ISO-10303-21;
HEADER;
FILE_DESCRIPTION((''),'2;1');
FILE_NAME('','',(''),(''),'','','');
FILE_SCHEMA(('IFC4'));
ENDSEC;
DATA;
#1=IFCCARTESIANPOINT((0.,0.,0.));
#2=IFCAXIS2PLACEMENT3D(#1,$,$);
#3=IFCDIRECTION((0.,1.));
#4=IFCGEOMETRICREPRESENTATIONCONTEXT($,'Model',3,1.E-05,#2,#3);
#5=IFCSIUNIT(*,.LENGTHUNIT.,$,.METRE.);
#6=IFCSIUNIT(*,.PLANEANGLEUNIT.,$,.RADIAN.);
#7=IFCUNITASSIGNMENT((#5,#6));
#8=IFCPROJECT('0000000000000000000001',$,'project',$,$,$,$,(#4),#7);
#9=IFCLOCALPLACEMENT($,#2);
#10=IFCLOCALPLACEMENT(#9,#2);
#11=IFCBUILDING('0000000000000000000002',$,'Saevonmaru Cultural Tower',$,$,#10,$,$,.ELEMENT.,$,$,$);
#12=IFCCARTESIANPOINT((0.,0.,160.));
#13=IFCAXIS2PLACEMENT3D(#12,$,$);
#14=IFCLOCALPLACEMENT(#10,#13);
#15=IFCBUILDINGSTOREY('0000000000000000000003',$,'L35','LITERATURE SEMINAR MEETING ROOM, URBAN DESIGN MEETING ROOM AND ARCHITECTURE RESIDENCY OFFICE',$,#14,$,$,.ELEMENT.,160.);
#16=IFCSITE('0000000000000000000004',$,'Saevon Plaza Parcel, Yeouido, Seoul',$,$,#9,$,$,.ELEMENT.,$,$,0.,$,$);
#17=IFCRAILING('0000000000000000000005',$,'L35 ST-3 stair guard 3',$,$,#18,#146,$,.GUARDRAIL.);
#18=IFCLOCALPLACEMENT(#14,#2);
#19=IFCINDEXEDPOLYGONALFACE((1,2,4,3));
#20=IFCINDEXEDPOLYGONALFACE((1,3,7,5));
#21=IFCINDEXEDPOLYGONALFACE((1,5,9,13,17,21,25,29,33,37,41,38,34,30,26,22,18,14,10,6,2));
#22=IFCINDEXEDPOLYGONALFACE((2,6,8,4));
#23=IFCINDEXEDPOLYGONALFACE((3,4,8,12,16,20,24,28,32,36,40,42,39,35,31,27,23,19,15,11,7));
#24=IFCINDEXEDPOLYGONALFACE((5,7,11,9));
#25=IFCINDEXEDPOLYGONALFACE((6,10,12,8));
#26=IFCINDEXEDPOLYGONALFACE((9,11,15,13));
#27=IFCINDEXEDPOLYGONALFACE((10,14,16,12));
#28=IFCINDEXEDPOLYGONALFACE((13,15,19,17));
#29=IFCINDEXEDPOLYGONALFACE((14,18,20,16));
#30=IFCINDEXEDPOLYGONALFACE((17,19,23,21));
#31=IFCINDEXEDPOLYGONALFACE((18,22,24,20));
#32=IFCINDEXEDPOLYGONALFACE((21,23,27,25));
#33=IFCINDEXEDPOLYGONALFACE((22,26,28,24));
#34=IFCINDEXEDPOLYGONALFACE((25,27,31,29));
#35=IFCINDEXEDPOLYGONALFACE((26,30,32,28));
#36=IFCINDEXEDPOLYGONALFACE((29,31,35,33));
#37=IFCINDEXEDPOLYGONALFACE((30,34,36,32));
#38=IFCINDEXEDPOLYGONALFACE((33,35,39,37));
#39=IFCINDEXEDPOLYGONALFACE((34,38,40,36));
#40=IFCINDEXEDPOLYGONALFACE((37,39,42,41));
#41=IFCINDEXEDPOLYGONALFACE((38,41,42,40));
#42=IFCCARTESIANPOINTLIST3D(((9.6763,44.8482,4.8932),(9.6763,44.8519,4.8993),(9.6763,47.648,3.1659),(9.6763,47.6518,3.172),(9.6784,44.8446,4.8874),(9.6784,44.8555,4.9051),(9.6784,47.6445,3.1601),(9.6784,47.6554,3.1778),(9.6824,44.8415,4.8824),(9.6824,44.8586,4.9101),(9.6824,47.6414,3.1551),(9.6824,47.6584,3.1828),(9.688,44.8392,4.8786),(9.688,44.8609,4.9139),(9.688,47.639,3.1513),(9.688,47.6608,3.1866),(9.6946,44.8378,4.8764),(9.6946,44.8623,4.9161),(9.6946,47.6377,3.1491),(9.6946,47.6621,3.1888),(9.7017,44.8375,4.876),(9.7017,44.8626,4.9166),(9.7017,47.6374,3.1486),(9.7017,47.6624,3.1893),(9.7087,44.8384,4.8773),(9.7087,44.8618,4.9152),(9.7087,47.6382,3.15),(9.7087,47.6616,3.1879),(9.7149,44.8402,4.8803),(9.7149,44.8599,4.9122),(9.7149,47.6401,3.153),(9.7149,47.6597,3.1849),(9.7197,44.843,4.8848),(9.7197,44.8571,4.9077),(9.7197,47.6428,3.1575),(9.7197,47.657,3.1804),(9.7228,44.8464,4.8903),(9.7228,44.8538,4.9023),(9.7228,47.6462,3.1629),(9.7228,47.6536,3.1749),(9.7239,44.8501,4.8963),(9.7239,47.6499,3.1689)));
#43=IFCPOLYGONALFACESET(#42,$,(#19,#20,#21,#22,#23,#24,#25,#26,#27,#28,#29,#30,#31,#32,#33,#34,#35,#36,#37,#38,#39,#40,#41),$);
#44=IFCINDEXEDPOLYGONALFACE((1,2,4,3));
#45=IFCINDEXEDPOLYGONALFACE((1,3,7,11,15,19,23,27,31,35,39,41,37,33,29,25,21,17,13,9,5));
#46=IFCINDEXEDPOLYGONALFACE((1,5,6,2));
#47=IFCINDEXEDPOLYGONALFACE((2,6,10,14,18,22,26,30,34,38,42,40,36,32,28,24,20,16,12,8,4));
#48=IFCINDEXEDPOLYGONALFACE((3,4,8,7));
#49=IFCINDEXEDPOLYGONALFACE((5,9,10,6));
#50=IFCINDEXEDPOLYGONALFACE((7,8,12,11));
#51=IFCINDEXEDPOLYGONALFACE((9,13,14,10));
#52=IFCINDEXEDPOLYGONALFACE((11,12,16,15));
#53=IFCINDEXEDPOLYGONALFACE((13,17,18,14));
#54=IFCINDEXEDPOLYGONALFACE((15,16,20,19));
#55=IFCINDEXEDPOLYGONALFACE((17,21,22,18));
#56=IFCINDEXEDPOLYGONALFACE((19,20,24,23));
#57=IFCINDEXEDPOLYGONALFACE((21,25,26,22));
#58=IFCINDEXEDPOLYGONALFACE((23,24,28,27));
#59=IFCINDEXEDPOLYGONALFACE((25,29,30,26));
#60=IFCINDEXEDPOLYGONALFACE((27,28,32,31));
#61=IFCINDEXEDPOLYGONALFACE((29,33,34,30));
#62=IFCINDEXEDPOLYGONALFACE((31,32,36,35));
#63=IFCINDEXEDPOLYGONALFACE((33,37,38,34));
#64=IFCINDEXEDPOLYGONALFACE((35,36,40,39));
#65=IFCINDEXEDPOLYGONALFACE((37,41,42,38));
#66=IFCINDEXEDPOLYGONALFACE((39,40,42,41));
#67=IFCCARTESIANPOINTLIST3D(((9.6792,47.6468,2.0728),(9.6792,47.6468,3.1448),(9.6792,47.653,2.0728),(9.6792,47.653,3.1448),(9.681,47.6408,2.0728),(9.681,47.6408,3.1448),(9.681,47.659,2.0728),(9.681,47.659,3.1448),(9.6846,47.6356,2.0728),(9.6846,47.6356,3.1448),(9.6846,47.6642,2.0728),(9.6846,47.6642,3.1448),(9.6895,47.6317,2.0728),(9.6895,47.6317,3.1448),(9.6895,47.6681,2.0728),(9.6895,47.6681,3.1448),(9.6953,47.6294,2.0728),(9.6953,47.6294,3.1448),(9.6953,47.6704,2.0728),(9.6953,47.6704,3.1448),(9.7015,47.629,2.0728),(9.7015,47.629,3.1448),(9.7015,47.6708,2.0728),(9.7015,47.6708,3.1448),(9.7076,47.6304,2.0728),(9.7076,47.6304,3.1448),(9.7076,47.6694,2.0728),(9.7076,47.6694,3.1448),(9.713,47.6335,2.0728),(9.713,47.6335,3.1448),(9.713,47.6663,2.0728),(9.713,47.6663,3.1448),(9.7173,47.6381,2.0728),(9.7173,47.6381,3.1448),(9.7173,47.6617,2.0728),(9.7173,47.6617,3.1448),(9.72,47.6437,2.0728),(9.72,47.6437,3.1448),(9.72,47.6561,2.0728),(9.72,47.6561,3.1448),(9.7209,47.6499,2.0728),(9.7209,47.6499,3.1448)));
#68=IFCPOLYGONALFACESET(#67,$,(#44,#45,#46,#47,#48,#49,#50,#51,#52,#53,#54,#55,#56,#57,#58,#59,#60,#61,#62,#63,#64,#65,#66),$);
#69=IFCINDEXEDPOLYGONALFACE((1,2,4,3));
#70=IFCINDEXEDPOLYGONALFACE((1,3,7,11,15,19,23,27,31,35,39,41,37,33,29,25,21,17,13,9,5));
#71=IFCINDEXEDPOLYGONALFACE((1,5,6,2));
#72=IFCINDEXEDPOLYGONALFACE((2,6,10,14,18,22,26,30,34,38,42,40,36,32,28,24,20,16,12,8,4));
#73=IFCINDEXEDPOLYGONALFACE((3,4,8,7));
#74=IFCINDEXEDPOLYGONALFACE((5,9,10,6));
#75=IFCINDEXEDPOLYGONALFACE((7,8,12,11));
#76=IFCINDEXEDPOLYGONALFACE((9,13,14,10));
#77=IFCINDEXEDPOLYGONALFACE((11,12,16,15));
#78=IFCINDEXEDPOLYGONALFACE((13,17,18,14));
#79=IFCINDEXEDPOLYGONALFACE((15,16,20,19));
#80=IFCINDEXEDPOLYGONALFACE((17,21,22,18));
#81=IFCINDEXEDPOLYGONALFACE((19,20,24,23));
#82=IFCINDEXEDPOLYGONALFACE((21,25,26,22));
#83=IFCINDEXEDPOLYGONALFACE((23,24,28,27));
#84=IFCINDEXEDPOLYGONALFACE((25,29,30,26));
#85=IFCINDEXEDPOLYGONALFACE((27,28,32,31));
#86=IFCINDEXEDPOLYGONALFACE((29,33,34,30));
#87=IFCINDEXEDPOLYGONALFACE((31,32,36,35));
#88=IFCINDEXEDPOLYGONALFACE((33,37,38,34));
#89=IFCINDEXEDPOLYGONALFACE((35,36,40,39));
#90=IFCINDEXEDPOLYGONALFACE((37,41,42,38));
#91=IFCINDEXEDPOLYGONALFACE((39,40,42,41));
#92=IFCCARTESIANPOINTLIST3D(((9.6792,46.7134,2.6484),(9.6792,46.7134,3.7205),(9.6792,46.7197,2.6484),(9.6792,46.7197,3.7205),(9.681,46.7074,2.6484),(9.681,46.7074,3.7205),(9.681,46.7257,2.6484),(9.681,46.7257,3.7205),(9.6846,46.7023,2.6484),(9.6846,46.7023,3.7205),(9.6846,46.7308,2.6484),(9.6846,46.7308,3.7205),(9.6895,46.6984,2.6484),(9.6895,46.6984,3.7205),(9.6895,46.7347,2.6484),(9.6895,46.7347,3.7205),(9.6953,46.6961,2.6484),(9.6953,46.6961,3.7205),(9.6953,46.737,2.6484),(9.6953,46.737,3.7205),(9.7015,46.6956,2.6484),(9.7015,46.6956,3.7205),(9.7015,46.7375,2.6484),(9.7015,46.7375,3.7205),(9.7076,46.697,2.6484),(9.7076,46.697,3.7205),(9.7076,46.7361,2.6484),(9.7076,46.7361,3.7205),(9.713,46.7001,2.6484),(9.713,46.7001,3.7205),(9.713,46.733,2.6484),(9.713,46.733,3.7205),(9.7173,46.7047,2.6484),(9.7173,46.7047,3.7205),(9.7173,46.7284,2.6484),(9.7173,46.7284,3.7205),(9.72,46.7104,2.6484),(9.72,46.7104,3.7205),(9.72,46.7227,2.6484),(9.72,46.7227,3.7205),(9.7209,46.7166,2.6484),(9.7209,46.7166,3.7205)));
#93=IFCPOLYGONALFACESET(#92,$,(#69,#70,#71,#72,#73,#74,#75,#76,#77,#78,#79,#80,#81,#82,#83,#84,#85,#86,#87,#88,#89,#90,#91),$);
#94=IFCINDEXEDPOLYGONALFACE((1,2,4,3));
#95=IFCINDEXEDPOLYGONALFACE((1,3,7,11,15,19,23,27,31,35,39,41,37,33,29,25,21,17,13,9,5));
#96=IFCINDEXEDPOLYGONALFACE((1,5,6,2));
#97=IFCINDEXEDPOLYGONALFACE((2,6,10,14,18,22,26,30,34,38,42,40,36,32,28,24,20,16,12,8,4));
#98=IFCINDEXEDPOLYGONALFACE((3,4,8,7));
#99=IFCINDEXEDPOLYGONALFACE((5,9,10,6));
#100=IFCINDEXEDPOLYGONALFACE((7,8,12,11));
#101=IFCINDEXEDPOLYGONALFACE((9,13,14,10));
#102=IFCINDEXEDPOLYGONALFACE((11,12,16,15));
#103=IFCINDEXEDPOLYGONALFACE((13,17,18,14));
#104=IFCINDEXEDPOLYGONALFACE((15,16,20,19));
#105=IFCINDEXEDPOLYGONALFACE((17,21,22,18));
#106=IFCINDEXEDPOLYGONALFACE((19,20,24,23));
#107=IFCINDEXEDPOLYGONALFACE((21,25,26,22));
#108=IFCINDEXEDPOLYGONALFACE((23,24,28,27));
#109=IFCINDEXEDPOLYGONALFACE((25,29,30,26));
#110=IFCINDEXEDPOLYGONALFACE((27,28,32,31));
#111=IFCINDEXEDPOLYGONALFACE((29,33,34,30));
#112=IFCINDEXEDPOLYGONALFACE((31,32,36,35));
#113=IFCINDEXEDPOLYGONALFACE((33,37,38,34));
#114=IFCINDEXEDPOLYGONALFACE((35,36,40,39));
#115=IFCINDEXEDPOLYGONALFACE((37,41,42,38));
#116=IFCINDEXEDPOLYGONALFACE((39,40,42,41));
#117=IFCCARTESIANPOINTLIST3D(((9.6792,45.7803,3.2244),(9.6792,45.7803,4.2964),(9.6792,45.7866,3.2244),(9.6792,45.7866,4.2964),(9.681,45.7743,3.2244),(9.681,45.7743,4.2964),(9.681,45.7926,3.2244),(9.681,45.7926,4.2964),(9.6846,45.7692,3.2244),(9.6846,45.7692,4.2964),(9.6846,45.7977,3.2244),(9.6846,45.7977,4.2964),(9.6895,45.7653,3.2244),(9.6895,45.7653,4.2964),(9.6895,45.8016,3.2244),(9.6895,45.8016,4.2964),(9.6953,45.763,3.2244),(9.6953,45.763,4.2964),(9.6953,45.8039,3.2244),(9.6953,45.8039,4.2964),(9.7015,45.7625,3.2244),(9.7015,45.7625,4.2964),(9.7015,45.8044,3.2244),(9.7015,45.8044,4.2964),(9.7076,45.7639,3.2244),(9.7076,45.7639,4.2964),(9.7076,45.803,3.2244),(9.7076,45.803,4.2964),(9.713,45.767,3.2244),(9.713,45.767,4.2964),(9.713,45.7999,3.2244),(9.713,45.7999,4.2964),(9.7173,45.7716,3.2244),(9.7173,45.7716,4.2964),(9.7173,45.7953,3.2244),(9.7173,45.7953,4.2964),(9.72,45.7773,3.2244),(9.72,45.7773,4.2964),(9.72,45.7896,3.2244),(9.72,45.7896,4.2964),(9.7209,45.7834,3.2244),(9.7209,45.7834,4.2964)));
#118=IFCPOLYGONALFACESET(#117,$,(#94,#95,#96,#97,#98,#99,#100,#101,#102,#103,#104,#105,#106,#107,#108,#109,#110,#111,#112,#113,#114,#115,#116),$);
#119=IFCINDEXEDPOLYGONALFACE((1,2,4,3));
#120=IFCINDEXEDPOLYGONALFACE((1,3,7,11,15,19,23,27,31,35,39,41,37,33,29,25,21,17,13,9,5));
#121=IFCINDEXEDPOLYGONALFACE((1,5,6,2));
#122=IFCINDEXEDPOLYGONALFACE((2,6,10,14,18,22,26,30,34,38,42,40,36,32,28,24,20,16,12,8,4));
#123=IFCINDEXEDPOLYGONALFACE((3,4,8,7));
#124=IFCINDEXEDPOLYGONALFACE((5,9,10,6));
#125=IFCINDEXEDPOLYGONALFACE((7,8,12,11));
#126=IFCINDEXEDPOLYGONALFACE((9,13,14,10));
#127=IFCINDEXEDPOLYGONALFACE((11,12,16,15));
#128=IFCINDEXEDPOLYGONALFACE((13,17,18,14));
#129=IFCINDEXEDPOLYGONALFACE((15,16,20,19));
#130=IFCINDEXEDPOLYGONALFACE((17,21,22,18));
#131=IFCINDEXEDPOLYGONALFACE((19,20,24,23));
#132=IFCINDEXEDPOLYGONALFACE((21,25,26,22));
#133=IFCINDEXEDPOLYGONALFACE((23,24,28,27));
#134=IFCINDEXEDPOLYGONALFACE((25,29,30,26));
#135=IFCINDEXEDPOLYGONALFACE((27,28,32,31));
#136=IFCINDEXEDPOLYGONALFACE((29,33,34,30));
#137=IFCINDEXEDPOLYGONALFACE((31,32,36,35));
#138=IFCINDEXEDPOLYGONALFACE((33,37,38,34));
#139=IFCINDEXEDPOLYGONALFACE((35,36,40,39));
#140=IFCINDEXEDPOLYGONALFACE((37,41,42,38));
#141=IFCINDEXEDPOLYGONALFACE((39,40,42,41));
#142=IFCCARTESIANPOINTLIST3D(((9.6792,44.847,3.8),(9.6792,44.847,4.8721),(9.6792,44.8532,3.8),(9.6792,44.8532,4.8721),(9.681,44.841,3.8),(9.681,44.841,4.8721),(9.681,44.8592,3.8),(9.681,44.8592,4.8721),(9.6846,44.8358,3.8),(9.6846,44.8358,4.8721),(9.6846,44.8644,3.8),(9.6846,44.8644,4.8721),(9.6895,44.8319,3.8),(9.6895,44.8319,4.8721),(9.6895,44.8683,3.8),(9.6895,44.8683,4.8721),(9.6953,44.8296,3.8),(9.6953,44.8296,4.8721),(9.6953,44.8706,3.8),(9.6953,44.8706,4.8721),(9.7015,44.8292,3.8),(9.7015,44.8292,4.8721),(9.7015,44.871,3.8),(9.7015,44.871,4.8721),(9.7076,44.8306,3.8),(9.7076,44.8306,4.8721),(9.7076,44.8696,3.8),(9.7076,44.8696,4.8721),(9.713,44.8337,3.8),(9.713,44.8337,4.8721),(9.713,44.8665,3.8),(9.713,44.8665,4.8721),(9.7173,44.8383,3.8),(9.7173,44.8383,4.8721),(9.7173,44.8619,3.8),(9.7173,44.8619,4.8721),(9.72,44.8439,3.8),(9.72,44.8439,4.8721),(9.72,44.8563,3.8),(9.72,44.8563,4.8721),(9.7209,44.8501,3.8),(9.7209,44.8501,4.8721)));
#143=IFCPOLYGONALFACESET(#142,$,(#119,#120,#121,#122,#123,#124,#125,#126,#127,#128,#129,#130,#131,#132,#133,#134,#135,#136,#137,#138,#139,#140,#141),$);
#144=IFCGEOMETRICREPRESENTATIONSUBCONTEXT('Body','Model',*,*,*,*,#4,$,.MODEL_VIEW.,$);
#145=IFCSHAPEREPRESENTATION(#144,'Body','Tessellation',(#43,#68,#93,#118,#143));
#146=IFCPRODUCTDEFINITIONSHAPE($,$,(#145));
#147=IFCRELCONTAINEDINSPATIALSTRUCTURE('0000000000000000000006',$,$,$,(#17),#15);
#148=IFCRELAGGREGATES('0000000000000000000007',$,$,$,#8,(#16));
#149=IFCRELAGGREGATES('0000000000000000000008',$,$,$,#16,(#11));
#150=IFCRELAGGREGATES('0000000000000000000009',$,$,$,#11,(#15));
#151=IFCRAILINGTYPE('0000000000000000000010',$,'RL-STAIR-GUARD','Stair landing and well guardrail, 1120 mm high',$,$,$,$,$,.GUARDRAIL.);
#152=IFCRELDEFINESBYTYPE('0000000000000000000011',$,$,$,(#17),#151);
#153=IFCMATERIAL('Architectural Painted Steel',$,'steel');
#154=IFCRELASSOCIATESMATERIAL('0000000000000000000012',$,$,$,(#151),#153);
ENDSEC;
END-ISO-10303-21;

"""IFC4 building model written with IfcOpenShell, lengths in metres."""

from ifc_helpers import new_model, si_unit, direction, frame, origin, origin_2d, place, context, subcontext, project, spatial, circle, extrude, material, type_object, element, save


model = new_model("IFC4")

# Units and contexts
model_context = context("Model", 3, precision=1e-05, world=origin(), true_north=direction((0.0, 1.0)))
body_context = subcontext(model_context, "Body", "Model", "MODEL_VIEW")
ifc_project = project(units=[si_unit("LENGTHUNIT", "METRE"), si_unit("PLANEANGLEUNIT", "RADIAN")], contexts=[model_context])

# Site, building, storey
site_placement = place(None, origin())
site = spatial("IfcSite", under=ifc_project, at=site_placement, Name="Saevon Plaza Parcel, Yeouido, Seoul", CompositionType="ELEMENT", RefElevation=0.0)
building_placement = place(site_placement, origin())
building = spatial("IfcBuilding", under=site, at=building_placement, Name="Saevonmaru Cultural Tower", CompositionType="ELEMENT")
storey_placement = place(building_placement, frame((0.0, 0.0, 160.0)))
storey = spatial("IfcBuildingStorey", under=building, at=storey_placement, Name="L35", Description="LITERATURE SEMINAR MEETING ROOM, URBAN DESIGN MEETING ROOM AND ARCHITECTURE RESIDENCY OFFICE", CompositionType="ELEMENT", Elevation=160.0)

# Railing
ifc_material_1 = material(Name="Architectural Painted Steel", Category="steel")
railing_type_1 = type_object("IfcRailingType", Name="RL-STAIR-GUARD", Description="Stair landing and well guardrail, 1120 mm high", PredefinedType="GUARDRAIL", material=ifc_material_1)
railing_1_placement = place(storey_placement, frame((9.7, 47.6499, 2.0728)))
element("IfcRailing", 1, at=railing_1_placement, inside=storey, type_object=railing_type_1, Name="L35 ST-3 stair guard 3", PredefinedType="GUARDRAIL", context=body_context, shape_type="SweptSolid", body=[
    extrude(circle(Radius=0.0239, at=origin_2d()), frame((0.0, 0.0, 1.0962), z_axis=(0.0, -0.851069, 0.525054), x_axis=(1.0, 0.0, 0.0)), (0.0, 0.0, 1.0), 3.2898),
    extrude(circle(Radius=0.021, at=origin_2d()), origin(), (0.0, 0.0, 1.0), 1.072),
    extrude(circle(Radius=0.021, at=origin_2d()), frame((0.0, -0.9333, 0.5757)), (0.0, 0.0, 1.0), 1.072),
    extrude(circle(Radius=0.021, at=origin_2d()), frame((0.0, -1.8665, 1.1516)), (0.0, 0.0, 1.0), 1.072),
    extrude(circle(Radius=0.021, at=origin_2d()), frame((0.0, -2.7998, 1.7273)), (0.0, 0.0, 1.0), 1.072),
])

save(model, "model.ifc")
